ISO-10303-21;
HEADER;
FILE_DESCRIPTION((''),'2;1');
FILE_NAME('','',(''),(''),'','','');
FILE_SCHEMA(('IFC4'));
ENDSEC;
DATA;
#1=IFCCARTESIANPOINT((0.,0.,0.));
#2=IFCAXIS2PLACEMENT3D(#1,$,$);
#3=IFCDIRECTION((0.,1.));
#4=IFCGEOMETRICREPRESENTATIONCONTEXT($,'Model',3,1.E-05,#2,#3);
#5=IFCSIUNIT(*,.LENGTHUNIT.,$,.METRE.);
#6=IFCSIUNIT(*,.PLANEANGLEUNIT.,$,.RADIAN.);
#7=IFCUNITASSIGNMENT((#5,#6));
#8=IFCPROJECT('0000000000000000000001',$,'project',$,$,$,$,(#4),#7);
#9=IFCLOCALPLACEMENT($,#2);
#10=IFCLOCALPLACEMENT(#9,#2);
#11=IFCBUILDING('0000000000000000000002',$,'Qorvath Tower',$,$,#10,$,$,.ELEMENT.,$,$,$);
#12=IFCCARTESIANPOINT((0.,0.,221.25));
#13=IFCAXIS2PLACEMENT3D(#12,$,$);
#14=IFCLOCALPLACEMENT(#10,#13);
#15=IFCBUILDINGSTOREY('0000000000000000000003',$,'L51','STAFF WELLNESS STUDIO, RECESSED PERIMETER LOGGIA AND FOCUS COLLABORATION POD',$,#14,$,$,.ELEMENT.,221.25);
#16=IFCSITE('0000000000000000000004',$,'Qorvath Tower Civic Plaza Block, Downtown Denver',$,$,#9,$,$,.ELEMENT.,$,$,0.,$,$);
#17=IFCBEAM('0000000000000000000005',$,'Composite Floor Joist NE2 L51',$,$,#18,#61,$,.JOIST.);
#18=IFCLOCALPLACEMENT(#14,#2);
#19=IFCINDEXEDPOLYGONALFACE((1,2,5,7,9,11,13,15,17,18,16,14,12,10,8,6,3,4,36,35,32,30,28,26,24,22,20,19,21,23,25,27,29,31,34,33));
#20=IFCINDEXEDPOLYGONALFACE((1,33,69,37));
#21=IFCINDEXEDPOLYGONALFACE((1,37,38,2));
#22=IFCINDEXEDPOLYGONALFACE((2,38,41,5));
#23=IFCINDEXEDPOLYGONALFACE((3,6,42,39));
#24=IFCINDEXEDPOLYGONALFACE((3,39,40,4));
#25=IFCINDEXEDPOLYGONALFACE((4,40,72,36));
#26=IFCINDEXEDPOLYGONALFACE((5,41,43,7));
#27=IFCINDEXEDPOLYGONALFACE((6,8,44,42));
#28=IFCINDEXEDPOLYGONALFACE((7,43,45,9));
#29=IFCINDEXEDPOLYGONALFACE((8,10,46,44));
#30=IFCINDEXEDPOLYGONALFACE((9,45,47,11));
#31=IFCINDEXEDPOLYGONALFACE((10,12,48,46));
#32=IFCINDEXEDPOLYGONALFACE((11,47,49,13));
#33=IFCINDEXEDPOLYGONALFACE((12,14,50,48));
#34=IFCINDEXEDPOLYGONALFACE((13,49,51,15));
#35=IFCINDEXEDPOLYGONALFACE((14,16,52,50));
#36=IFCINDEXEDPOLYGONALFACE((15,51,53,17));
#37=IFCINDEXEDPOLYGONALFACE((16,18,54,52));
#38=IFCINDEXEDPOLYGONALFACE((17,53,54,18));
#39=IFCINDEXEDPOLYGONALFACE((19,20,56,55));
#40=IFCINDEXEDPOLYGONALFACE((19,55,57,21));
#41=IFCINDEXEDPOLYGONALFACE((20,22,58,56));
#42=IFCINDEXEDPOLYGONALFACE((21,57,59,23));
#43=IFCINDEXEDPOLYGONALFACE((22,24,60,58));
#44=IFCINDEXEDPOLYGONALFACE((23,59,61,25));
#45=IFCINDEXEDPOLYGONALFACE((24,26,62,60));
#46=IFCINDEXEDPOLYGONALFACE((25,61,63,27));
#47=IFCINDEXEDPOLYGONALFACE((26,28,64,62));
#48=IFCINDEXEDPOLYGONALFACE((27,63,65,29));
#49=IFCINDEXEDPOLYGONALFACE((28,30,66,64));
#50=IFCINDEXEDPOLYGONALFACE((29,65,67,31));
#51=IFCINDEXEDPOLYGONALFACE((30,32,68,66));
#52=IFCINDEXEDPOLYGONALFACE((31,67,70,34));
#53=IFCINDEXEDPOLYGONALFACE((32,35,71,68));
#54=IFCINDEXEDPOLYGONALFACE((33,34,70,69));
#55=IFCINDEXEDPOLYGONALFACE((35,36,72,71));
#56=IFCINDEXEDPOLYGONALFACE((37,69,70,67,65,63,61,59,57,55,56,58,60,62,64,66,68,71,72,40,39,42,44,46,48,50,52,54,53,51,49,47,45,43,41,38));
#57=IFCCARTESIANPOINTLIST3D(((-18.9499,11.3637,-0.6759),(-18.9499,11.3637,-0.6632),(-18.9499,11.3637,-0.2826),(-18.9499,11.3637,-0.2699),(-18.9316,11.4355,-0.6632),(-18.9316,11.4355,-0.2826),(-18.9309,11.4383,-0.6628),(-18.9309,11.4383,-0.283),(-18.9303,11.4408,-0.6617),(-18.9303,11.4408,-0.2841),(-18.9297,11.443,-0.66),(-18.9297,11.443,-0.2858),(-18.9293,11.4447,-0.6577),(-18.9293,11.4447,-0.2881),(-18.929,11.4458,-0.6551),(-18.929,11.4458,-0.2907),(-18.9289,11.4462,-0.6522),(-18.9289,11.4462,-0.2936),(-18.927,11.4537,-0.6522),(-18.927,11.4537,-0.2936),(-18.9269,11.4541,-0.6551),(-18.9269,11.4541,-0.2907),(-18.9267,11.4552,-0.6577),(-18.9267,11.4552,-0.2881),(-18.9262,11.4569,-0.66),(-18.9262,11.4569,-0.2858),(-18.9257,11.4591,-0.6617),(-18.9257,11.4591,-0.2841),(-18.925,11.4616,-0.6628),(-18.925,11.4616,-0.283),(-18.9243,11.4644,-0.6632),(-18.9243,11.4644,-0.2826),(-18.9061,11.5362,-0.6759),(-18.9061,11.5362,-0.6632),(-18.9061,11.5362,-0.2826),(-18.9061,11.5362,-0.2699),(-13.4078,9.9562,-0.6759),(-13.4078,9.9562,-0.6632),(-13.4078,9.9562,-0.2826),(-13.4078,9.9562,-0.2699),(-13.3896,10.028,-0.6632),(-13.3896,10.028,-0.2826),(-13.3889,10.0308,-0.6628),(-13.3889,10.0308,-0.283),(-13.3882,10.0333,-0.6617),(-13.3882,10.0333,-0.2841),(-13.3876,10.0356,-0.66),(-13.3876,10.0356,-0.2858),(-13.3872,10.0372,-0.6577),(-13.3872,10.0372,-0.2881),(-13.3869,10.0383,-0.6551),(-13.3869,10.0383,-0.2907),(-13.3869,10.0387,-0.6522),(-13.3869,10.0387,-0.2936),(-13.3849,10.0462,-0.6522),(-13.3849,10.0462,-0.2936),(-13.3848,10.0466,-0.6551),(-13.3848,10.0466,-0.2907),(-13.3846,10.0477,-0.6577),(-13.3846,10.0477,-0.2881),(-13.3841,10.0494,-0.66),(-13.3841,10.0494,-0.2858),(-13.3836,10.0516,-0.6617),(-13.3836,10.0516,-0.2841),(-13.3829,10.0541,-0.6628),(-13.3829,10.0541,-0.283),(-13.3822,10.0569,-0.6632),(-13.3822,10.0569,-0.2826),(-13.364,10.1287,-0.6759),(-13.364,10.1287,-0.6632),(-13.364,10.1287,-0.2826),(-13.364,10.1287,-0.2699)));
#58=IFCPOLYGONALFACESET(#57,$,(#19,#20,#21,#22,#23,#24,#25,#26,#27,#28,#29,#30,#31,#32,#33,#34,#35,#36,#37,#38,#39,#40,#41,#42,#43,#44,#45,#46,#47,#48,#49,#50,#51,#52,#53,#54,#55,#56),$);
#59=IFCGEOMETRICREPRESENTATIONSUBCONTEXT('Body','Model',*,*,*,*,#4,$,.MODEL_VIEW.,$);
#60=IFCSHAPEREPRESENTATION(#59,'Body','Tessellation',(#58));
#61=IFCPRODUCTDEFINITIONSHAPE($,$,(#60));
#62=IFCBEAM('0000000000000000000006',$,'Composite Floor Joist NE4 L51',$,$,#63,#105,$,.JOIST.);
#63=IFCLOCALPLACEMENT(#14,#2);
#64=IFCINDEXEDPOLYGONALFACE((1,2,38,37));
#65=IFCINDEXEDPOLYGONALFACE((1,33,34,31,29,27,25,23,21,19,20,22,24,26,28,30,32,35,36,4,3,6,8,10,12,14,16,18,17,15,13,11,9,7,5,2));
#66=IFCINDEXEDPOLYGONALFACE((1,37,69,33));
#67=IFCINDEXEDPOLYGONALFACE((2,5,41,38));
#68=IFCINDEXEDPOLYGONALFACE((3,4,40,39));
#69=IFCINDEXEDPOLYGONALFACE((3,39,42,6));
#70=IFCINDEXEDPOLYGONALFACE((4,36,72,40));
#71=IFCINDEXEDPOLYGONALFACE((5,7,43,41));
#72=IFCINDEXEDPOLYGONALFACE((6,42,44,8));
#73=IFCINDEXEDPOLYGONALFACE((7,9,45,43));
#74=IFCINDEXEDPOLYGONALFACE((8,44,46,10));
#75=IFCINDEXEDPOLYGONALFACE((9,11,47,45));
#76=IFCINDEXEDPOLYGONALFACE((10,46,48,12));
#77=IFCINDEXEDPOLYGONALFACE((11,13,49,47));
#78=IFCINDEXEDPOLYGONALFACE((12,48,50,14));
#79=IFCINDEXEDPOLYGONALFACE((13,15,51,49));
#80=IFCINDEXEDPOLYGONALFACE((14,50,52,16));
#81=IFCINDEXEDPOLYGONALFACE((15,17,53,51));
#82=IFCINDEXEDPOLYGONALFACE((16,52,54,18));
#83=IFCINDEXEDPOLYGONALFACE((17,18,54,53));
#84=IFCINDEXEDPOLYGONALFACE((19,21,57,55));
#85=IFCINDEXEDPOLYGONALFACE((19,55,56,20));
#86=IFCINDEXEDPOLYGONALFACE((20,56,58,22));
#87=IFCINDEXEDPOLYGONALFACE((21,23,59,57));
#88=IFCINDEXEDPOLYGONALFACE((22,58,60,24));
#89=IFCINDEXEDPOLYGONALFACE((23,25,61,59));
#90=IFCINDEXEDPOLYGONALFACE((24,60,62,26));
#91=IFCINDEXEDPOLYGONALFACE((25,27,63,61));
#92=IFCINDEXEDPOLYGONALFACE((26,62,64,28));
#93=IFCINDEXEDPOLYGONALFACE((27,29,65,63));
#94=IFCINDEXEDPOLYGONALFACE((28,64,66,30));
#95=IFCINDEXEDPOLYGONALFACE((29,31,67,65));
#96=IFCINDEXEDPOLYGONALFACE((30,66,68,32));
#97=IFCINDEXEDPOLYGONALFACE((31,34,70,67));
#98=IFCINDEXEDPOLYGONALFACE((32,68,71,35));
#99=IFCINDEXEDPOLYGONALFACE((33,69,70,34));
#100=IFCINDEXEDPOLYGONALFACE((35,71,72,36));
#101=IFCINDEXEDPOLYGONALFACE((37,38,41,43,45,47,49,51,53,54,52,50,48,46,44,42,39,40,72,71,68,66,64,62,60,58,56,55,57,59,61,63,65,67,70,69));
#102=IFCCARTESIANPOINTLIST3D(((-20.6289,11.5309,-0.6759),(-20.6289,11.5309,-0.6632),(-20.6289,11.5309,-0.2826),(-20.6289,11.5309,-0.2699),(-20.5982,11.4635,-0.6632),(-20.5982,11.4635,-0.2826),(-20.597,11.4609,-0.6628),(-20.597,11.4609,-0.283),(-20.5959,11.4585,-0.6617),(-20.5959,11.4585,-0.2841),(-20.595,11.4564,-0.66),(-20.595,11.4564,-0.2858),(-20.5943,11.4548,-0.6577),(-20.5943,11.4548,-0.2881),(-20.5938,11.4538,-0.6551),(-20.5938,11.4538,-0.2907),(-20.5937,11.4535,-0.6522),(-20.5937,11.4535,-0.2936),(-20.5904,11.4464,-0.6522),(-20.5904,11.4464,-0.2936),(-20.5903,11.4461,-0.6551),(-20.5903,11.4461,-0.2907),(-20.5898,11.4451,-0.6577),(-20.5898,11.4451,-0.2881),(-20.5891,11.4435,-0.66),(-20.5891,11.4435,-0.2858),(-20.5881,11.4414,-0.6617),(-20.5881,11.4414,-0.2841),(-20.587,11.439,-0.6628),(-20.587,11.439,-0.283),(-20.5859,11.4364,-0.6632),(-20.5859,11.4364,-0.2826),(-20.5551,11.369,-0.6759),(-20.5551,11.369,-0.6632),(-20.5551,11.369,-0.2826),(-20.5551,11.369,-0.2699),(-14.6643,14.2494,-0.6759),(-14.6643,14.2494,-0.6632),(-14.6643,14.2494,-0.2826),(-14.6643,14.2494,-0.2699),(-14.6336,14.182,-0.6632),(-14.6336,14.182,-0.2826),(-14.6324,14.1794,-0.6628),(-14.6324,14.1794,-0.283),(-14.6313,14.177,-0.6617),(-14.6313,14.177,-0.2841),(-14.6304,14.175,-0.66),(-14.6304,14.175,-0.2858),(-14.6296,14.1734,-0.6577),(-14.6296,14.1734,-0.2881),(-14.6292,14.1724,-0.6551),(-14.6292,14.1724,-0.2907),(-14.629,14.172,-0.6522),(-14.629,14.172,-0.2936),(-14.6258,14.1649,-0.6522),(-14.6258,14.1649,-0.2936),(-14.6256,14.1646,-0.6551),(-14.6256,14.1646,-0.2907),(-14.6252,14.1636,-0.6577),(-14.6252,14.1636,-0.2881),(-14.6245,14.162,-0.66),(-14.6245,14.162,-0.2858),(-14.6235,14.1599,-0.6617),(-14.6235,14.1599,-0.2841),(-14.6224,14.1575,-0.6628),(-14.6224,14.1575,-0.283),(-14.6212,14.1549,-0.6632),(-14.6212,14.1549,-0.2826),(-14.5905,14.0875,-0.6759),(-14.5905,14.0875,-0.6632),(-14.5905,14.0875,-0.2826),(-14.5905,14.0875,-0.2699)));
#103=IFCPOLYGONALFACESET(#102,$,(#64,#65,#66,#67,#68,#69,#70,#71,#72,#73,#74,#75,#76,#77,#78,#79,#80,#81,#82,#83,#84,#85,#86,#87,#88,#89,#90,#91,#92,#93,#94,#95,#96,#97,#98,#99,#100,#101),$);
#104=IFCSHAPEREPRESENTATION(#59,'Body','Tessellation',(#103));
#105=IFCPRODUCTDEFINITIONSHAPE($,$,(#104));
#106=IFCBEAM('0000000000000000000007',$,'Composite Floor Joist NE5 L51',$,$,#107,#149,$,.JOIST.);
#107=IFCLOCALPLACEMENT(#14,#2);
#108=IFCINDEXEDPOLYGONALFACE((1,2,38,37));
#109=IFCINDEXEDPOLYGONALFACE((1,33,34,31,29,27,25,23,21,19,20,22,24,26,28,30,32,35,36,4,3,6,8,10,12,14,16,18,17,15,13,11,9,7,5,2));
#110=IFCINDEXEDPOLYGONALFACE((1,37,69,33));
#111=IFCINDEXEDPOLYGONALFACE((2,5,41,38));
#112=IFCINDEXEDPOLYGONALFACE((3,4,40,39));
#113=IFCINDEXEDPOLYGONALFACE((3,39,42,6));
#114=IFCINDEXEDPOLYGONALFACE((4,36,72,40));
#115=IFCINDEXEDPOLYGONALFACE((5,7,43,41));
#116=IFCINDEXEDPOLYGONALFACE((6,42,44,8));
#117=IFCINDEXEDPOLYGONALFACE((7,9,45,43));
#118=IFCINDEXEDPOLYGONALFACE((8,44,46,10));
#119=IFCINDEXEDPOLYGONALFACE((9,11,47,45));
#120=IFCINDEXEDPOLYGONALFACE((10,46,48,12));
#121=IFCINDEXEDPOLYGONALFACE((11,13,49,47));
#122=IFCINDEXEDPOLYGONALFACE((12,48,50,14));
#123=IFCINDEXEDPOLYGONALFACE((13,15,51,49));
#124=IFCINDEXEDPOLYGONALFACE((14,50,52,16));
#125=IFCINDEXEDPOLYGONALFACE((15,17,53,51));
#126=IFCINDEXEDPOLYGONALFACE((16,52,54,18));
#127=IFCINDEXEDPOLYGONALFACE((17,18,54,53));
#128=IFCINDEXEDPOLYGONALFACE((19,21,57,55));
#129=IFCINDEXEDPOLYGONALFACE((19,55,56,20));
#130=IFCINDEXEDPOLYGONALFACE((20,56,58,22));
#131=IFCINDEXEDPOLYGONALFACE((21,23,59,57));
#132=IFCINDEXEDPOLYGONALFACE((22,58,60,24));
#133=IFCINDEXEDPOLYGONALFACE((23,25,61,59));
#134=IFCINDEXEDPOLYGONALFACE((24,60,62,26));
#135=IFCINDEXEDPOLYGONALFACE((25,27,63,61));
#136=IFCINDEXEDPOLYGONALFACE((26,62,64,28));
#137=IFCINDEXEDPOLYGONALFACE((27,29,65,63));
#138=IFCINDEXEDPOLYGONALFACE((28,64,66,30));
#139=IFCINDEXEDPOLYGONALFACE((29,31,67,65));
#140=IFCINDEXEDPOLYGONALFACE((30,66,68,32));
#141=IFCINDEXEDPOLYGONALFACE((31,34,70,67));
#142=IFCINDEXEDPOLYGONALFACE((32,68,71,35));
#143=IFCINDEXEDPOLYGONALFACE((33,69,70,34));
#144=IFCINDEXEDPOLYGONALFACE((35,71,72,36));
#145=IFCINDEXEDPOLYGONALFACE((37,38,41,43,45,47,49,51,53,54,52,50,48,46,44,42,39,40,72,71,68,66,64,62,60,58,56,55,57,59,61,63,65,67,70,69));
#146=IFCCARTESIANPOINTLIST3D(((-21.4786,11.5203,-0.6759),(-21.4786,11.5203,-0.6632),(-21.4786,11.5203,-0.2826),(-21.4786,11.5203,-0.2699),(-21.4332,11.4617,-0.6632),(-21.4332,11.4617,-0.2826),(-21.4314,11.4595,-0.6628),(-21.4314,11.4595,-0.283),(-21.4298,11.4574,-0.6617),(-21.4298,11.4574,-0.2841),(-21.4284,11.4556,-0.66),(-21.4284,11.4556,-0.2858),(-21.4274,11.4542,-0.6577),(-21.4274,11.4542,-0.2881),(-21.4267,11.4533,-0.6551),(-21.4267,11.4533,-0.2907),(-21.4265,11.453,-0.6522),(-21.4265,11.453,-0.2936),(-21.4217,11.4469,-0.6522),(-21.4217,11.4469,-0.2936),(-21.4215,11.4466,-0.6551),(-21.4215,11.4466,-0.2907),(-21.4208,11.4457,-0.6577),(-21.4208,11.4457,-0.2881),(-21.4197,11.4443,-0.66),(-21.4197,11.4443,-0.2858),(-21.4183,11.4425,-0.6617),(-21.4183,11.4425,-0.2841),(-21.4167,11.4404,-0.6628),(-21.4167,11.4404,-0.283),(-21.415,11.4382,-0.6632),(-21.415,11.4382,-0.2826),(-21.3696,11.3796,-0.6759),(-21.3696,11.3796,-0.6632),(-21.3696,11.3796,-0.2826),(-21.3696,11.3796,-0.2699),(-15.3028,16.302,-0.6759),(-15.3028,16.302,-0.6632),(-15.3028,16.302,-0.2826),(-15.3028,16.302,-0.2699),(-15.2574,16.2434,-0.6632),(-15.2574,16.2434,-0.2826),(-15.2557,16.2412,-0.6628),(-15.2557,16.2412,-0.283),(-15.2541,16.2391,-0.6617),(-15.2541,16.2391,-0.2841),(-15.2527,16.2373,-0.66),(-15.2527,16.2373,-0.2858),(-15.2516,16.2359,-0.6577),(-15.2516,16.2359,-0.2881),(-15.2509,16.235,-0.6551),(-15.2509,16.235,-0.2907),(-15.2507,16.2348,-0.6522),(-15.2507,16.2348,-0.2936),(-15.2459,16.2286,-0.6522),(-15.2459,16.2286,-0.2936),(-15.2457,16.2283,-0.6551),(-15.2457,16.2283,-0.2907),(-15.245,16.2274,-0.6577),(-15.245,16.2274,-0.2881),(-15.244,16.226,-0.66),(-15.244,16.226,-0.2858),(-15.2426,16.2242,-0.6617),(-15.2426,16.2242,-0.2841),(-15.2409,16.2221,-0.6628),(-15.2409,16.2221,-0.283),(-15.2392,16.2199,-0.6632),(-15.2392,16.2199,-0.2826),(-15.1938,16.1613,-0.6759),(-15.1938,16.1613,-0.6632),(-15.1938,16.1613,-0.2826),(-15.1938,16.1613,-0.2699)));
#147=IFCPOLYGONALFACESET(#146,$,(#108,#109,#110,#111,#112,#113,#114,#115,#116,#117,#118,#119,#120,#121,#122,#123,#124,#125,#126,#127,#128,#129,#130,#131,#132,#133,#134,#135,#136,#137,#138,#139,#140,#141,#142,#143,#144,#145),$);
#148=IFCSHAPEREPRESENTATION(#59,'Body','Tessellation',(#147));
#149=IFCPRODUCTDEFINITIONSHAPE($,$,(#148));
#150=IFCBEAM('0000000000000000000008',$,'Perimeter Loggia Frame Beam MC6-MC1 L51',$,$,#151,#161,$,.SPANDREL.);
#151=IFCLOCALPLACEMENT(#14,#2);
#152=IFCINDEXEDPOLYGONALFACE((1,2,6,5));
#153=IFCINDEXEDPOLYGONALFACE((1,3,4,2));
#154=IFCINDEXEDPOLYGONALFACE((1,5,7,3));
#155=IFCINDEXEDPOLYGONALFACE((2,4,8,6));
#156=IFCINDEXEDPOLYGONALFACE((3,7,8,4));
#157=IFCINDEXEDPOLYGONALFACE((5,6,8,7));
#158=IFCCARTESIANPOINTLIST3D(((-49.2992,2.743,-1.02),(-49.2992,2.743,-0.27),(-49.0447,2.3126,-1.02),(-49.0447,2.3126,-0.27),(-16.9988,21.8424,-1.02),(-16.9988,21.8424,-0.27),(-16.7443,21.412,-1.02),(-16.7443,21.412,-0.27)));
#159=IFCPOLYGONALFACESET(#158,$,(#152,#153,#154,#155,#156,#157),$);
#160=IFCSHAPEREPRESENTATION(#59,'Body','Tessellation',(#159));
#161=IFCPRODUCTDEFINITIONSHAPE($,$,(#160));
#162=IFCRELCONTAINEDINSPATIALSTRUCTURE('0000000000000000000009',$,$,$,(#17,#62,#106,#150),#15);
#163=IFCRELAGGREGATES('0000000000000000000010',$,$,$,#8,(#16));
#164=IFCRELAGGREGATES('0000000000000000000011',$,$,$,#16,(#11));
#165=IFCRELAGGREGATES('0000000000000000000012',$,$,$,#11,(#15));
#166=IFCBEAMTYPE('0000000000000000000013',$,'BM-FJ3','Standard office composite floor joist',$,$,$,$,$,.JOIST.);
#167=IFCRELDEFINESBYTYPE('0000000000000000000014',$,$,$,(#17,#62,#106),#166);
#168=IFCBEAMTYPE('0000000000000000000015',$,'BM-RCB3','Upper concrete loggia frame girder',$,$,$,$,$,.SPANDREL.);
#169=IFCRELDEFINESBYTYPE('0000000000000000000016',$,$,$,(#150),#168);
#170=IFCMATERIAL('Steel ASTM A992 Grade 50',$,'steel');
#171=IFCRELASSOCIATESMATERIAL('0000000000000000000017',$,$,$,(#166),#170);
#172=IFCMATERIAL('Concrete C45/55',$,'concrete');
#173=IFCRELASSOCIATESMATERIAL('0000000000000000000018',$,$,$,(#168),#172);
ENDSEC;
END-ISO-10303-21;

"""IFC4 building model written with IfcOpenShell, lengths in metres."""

from ifc_helpers import new_model, si_unit, direction, frame, origin, origin_2d, place, context, subcontext, project, spatial, rectangle, i_section, extrude, material, material_profile, profile_set, type_object, element, save


model = new_model("IFC4")

# Units and contexts
model_context = context("Model", 3, precision=1e-05, world=origin(), true_north=direction((0.0, 1.0)))
body_context = subcontext(model_context, "Body", "Model", "MODEL_VIEW")
ifc_project = project(units=[si_unit("LENGTHUNIT", "METRE"), si_unit("PLANEANGLEUNIT", "RADIAN")], contexts=[model_context])

# Site, building, storey
site_placement = place(None, origin())
site = spatial("IfcSite", under=ifc_project, at=site_placement, Name="Qorvath Tower Civic Plaza Block, Downtown Denver", CompositionType="ELEMENT", RefElevation=0.0)
building_placement = place(site_placement, origin())
building = spatial("IfcBuilding", under=site, at=building_placement, Name="Qorvath Tower", CompositionType="ELEMENT")
storey_placement = place(building_placement, frame((0.0, 0.0, 221.25)))
storey = spatial("IfcBuildingStorey", under=building, at=storey_placement, Name="L51", Description="STAFF WELLNESS STUDIO, RECESSED PERIMETER LOGGIA AND FOCUS COLLABORATION POD", CompositionType="ELEMENT", Elevation=221.25)

# Beams
ifc_material_1 = material(Name="Steel ASTM A992 Grade 50", Category="steel")
ifc_material_profile_1 = material_profile(ifc_material_1, i_section(OverallWidth=0.178, OverallDepth=0.406, WebThickness=0.0078, FlangeThickness=0.0127, FilletRadius=0.011, at=origin_2d()), Name="W16x40")
ifc_profile_set_1 = profile_set([ifc_material_profile_1], Name="Steel ASTM A992 Grade 50")
beam_type_1 = type_object("IfcBeamType", Name="BM-FJ3", Description="Standard office composite floor joist", PredefinedType="JOIST", material=ifc_profile_set_1)
beam_1_placement = place(storey_placement, frame((-18.928, 11.45, -0.4729), z_axis=(0.969232, -0.246151, 0.0), x_axis=(0.246151, 0.969232, 0.0)))
element("IfcBeam", 1, at=beam_1_placement, inside=storey, type_object=beam_type_1, Name="Composite Floor Joist NE2 L51", PredefinedType="JOIST", context=body_context, shape_type="SweptSolid", body=[
    extrude(i_section(OverallWidth=0.178, OverallDepth=0.406, WebThickness=0.0078, FlangeThickness=0.0127, FilletRadius=0.011, at=origin_2d()), origin(), (0.0, 0.0, 1.0), 5.718),
])
beam_2_placement = place(storey_placement, frame((-20.592, 11.45, -0.4729), z_axis=(0.909945, 0.414729, 0.0), x_axis=(-0.414729, 0.909945, 0.0)))
element("IfcBeam", 2, at=beam_2_placement, inside=storey, type_object=beam_type_1, Name="Composite Floor Joist NE4 L51", PredefinedType="JOIST", context=body_context, shape_type="SweptSolid", body=[
    extrude(i_section(OverallWidth=0.178, OverallDepth=0.406, WebThickness=0.0078, FlangeThickness=0.0127, FilletRadius=0.011, at=origin_2d()), origin(), (0.0, 0.0, 1.0), 6.5549),
])
beam_3_placement = place(storey_placement, frame((-21.4241, 11.45, -0.4729), z_axis=(0.790693, 0.612212, 0.0), x_axis=(-0.612212, 0.790693, 0.0)))
element("IfcBeam", 3, at=beam_3_placement, inside=storey, type_object=beam_type_1, Name="Composite Floor Joist NE5 L51", PredefinedType="JOIST", context=body_context, shape_type="SweptSolid", body=[
    extrude(i_section(OverallWidth=0.178, OverallDepth=0.406, WebThickness=0.0078, FlangeThickness=0.0127, FilletRadius=0.011, at=origin_2d()), origin(), (0.0, 0.0, 1.0), 7.8105),
])
ifc_material_2 = material(Name="Concrete C45/55", Category="concrete")
ifc_material_profile_2 = material_profile(ifc_material_2, rectangle(XDim=0.5, YDim=0.75, at=origin_2d()), Name="RCB 750x500")
ifc_profile_set_2 = profile_set([ifc_material_profile_2], Name="Concrete C45/55")
beam_type_2 = type_object("IfcBeamType", Name="BM-RCB3", Description="Upper concrete loggia frame girder", PredefinedType="SPANDREL", material=ifc_profile_set_2)
beam_4_placement = place(storey_placement, frame((-16.8716, 21.6272, -0.645), z_axis=(-0.860777, -0.508983, 0.0), x_axis=(0.508983, -0.860777, 0.0)))
element("IfcBeam", 4, at=beam_4_placement, inside=storey, type_object=beam_type_2, Name="Perimeter Loggia Frame Beam MC6-MC1 L51", PredefinedType="SPANDREL", context=body_context, shape_type="SweptSolid", body=[
    extrude(rectangle(XDim=0.5, YDim=0.75, at=origin_2d()), origin(), (0.0, 0.0, 1.0), 37.5247),
])

save(model, "model.ifc")
